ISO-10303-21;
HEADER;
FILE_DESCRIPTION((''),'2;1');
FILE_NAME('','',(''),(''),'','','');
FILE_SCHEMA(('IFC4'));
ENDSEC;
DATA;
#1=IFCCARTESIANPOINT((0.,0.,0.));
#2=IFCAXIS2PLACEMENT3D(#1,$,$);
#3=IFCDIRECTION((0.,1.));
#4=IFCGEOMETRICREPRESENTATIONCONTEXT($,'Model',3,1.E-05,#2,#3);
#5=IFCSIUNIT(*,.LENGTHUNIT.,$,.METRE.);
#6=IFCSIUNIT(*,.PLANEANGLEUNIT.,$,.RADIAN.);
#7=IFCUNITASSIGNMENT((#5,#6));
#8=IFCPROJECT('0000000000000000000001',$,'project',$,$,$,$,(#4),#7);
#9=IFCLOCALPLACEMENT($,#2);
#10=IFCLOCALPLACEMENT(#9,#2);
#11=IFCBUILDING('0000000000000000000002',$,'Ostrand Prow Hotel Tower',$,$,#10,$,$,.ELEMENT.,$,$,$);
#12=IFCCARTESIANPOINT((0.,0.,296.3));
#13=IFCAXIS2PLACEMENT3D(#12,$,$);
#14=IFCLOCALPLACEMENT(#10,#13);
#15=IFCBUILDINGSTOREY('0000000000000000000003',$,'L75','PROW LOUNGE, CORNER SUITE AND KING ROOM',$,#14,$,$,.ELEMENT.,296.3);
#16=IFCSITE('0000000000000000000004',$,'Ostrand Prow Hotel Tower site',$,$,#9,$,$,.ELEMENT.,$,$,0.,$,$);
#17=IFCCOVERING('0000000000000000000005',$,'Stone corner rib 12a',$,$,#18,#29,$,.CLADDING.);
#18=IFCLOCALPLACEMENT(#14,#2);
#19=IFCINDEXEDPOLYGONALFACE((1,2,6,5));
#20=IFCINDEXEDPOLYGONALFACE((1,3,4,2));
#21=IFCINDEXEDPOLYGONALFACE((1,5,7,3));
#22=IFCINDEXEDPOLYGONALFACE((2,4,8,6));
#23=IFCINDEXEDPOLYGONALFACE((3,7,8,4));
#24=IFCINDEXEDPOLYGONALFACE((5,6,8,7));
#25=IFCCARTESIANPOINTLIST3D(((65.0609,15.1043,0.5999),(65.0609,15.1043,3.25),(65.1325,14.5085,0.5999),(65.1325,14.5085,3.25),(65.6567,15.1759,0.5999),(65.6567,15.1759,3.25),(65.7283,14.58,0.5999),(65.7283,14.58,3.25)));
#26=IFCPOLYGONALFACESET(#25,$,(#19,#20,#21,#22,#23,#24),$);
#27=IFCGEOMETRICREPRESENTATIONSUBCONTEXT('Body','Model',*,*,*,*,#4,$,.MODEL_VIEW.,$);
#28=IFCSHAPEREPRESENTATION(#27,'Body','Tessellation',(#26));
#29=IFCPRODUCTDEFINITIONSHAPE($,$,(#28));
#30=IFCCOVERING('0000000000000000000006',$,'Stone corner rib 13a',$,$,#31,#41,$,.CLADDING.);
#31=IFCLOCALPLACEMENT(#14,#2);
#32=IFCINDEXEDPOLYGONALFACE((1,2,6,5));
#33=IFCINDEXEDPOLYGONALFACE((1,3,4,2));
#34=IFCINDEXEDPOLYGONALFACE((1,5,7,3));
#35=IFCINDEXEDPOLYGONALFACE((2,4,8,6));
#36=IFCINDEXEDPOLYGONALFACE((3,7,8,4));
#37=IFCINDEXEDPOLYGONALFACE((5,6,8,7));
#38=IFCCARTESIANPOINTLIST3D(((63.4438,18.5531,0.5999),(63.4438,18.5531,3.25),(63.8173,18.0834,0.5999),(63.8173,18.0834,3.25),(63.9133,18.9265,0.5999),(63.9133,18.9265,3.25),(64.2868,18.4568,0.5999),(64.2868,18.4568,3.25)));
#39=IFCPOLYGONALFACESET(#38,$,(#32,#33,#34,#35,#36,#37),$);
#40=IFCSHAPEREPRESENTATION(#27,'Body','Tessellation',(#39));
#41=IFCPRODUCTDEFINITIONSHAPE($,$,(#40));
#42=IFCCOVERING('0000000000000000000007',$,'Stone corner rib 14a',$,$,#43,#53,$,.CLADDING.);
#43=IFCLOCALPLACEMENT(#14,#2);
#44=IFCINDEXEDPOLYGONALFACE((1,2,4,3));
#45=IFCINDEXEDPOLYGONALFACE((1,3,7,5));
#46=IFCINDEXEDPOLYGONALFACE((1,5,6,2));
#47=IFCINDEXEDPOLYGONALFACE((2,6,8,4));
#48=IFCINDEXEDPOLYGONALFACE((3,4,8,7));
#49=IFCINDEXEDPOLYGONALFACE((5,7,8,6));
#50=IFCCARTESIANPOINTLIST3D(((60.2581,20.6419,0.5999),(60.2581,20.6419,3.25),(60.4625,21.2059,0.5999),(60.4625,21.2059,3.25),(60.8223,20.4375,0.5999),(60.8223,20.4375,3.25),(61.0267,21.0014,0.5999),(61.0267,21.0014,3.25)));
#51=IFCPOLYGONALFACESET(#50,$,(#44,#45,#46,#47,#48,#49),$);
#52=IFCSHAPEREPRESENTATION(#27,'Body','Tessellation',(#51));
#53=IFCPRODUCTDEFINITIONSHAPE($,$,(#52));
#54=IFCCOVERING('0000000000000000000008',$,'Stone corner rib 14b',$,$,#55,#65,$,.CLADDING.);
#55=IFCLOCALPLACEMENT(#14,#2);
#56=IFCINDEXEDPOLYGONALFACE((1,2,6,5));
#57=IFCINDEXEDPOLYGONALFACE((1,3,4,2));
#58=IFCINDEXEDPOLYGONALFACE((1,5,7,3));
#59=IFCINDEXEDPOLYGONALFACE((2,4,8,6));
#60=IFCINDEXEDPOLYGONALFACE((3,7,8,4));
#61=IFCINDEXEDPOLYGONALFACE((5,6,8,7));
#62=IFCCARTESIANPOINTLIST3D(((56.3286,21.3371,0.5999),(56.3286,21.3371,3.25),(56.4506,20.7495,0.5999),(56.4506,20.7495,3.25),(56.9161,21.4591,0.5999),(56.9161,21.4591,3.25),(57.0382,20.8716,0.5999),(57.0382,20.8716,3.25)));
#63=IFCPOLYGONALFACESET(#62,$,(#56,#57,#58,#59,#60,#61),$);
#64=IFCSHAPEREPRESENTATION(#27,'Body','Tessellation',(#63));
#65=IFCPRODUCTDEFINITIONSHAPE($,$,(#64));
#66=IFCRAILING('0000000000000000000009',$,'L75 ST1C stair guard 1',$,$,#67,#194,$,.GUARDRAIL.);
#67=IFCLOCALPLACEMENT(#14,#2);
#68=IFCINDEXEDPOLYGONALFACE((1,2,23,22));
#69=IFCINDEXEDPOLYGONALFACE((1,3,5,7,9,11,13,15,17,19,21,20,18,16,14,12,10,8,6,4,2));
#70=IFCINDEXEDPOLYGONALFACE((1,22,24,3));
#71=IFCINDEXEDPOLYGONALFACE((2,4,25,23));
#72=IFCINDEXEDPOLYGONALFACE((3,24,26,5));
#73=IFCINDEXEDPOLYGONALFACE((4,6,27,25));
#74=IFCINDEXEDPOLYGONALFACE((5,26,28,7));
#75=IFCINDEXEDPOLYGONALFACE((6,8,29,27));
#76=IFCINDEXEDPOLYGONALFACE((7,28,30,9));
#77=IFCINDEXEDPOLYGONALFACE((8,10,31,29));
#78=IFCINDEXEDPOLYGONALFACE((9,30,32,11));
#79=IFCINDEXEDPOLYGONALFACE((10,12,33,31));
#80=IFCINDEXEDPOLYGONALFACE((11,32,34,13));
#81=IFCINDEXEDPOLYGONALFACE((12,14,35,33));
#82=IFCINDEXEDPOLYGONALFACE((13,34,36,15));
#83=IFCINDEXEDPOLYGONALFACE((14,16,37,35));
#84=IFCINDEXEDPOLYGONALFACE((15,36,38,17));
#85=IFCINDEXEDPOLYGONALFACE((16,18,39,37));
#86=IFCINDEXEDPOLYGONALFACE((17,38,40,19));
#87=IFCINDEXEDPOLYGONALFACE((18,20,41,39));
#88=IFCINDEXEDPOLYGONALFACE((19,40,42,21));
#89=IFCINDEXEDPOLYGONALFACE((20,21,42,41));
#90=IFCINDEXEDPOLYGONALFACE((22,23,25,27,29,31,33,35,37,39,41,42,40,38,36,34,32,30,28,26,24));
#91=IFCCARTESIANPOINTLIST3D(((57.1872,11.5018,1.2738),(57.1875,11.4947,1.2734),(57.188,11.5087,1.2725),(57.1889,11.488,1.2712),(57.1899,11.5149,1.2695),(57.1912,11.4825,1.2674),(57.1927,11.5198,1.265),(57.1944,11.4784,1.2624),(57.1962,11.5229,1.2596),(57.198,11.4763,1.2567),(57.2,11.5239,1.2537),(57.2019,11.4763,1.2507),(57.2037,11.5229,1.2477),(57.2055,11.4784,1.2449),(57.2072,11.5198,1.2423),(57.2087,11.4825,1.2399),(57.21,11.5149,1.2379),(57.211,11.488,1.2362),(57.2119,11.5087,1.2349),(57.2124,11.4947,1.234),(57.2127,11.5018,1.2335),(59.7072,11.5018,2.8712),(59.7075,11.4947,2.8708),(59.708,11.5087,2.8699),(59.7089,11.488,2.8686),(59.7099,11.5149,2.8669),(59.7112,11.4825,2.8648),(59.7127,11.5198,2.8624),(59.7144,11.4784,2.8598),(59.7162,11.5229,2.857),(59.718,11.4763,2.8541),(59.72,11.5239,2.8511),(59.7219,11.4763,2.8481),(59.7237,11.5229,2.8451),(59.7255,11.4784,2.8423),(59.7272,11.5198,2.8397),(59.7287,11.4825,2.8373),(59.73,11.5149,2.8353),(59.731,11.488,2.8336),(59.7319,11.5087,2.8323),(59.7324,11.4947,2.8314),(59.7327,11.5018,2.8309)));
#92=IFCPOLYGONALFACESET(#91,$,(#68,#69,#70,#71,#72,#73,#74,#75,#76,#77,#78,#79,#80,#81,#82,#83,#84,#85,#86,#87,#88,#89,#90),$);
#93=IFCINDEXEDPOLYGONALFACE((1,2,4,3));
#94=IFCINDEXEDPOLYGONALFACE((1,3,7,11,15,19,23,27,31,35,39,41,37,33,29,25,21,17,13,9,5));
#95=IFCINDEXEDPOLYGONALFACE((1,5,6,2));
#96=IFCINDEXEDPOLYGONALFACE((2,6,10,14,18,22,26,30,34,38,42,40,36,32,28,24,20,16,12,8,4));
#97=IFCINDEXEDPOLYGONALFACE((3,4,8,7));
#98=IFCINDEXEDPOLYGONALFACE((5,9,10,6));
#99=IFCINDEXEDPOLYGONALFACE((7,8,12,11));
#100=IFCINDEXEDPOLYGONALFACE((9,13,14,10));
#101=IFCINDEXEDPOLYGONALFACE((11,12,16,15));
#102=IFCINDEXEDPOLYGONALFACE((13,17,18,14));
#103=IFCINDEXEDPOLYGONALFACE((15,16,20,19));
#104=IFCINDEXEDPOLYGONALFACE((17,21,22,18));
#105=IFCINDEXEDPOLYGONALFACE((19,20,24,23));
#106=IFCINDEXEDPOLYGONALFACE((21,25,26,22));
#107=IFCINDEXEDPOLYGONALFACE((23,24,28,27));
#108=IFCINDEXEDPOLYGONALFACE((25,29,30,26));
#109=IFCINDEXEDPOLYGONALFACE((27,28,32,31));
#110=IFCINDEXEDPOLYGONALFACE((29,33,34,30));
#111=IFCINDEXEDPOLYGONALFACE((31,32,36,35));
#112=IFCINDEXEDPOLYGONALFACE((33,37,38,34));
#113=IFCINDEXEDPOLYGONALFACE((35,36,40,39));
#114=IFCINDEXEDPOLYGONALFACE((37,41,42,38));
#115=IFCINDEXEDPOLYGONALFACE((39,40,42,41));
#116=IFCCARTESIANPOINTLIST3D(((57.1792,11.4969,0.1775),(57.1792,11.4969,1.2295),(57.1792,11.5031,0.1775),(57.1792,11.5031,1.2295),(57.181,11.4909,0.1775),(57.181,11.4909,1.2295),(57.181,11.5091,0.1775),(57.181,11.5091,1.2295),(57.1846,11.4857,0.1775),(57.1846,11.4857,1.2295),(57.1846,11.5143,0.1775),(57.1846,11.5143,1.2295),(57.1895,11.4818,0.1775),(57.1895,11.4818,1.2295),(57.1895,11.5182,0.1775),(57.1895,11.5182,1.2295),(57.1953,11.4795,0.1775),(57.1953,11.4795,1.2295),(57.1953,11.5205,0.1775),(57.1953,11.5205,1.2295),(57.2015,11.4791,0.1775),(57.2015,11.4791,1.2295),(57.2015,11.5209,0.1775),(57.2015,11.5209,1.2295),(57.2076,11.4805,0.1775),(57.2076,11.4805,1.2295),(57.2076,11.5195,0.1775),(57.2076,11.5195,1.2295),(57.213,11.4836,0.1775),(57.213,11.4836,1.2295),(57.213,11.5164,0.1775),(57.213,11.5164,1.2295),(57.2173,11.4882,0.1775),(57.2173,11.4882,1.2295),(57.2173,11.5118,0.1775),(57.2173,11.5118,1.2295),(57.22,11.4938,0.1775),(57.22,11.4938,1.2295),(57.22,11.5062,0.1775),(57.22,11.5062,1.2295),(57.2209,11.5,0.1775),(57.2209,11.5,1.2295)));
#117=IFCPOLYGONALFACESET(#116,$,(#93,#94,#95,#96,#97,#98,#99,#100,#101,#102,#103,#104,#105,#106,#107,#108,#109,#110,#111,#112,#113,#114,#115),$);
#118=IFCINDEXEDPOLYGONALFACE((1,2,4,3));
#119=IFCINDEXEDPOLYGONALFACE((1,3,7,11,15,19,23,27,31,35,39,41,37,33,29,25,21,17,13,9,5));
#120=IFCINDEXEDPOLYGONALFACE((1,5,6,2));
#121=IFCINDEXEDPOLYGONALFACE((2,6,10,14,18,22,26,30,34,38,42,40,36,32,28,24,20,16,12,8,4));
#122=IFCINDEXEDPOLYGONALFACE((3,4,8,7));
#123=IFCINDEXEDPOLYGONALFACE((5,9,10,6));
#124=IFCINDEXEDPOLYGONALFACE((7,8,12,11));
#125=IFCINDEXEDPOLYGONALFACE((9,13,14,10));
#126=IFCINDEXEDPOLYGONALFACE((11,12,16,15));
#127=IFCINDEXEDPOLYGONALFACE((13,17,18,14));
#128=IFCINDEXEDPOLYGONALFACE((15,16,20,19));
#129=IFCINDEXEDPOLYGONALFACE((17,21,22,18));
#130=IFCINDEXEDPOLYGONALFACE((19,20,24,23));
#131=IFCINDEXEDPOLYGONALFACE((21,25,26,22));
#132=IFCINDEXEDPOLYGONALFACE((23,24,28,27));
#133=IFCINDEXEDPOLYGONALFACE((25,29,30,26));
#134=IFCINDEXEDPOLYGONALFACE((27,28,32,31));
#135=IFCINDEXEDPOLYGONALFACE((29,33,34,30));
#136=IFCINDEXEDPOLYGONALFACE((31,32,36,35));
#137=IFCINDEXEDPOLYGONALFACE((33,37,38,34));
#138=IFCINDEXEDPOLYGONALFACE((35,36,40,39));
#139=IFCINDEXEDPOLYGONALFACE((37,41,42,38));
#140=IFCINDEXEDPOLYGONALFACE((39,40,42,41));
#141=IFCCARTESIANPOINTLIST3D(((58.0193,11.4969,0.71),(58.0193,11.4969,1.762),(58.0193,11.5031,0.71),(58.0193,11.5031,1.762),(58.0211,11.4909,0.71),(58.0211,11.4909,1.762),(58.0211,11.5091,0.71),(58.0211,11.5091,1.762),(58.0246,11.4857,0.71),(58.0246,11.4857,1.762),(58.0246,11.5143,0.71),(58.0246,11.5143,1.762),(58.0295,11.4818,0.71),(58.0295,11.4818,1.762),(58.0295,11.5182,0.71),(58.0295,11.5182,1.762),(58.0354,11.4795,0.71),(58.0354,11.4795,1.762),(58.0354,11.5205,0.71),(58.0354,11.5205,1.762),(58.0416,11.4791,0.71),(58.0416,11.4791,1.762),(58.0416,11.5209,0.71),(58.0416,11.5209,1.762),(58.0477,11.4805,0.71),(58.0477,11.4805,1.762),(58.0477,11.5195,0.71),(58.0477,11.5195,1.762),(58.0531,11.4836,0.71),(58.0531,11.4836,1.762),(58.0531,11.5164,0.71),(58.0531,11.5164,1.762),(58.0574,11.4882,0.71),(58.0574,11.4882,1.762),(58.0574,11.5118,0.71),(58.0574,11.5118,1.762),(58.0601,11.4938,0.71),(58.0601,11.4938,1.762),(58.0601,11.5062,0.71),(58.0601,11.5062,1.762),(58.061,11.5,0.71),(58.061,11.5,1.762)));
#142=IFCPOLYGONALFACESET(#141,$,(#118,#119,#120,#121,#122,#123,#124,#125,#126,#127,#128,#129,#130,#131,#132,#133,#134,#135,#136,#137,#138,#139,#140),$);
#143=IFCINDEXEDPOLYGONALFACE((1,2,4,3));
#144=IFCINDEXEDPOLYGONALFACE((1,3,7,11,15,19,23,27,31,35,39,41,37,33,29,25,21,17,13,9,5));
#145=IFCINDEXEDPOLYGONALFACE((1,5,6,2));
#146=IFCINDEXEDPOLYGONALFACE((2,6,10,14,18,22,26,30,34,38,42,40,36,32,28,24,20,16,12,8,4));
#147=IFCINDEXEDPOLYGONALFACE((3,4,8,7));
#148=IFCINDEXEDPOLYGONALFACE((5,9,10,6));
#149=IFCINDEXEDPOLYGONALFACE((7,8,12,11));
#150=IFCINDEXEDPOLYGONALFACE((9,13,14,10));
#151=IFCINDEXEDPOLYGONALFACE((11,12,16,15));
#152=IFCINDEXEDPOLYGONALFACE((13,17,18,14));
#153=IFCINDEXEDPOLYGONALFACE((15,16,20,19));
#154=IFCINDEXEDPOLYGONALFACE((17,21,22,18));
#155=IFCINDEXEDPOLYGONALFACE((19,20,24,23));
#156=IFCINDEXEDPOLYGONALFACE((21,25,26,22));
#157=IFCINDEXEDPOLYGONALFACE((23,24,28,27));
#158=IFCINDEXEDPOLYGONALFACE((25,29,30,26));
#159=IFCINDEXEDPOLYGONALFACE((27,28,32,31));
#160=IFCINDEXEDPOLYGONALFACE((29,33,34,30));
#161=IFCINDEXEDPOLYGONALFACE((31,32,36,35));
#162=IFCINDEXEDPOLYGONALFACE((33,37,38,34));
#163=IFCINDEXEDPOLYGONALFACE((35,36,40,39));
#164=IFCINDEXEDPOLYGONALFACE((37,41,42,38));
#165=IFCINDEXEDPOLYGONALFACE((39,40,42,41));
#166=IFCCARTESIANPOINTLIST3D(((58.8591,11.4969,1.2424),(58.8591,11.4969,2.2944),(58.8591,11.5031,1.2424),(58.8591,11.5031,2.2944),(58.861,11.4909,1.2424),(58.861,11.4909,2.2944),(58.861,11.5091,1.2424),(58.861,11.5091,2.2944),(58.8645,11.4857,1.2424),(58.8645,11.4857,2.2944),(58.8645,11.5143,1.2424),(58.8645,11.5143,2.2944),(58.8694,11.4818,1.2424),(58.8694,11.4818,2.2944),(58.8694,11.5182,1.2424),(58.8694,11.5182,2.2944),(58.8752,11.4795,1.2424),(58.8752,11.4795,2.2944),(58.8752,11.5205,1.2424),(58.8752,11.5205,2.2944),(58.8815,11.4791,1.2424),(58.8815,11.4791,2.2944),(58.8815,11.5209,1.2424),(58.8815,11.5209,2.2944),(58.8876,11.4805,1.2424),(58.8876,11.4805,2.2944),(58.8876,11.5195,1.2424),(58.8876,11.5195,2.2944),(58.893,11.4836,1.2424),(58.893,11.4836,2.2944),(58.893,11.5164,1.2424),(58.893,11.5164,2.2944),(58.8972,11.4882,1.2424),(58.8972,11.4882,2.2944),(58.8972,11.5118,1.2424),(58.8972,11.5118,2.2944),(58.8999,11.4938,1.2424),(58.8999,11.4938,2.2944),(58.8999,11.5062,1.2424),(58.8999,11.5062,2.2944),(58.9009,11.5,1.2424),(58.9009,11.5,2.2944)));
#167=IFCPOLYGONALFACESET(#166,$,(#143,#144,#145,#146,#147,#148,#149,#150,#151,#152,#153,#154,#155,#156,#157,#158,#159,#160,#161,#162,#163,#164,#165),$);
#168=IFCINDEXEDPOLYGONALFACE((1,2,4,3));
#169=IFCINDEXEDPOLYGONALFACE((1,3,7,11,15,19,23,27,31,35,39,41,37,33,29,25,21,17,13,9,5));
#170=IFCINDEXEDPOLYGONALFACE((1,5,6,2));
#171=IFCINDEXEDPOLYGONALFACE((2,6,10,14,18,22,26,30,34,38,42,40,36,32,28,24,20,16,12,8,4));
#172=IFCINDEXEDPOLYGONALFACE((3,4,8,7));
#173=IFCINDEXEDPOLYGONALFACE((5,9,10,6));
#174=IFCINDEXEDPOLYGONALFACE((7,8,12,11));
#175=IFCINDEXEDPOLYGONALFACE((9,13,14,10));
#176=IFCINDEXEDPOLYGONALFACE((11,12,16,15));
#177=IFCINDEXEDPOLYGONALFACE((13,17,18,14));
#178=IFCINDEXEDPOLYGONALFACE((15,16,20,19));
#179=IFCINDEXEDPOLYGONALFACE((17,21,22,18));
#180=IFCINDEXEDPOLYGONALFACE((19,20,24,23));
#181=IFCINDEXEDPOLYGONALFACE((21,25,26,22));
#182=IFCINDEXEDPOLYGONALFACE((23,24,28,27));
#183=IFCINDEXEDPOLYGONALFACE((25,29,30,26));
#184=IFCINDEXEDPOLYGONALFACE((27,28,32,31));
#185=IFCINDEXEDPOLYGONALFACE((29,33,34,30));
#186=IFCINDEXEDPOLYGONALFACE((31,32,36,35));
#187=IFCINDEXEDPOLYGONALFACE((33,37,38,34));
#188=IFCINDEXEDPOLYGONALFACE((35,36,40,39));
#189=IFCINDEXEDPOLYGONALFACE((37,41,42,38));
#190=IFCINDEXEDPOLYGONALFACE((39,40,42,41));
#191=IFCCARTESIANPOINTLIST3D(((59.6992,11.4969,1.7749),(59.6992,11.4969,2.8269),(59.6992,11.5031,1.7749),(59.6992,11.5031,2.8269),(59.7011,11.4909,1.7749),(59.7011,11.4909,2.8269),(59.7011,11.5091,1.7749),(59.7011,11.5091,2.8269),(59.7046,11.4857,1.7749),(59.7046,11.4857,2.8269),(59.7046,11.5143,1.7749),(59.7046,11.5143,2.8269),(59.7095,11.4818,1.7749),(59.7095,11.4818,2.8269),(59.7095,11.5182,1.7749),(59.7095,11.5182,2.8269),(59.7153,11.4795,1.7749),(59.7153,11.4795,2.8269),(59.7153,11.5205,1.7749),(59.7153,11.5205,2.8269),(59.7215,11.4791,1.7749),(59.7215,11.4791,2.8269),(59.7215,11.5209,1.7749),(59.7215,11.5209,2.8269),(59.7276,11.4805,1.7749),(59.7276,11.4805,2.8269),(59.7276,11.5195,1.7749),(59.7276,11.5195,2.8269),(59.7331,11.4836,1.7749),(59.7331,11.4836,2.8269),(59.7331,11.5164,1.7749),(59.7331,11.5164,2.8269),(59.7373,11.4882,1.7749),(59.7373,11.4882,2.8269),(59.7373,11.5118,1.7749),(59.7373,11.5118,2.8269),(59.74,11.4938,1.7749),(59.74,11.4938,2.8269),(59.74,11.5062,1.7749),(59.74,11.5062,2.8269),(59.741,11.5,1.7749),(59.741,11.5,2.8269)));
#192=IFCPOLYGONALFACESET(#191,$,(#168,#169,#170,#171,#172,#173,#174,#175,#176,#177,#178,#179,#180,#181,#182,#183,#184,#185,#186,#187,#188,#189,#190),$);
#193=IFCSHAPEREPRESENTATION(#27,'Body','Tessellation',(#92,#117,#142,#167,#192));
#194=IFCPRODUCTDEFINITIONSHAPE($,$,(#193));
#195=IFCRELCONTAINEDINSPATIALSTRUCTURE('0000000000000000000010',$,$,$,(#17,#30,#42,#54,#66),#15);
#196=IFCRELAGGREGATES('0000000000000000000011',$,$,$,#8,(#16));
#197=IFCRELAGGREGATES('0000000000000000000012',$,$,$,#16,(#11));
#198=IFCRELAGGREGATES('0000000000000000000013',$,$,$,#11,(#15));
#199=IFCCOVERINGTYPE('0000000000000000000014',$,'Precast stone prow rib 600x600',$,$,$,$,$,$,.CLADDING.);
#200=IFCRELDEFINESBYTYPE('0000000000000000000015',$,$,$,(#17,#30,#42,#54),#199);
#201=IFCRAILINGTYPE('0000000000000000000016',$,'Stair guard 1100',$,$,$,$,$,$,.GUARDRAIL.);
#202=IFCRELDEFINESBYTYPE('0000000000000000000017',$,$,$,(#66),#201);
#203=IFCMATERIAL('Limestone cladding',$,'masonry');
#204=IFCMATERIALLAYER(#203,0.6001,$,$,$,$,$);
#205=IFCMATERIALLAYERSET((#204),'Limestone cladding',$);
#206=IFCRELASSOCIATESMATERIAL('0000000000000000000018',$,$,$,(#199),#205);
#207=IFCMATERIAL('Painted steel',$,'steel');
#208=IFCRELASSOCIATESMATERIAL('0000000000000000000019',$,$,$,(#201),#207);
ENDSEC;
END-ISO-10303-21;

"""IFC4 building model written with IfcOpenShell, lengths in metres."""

from ifc_helpers import new_model, si_unit, direction, frame, frame_2d, origin, origin_2d, place, context, subcontext, project, spatial, rectangle, circle, extrude, material, layer, layer_set, type_object, element, save


model = new_model("IFC4")

# Units and contexts
model_context = context("Model", 3, precision=1e-05, world=origin(), true_north=direction((0.0, 1.0)))
body_context = subcontext(model_context, "Body", "Model", "MODEL_VIEW")
ifc_project = project(units=[si_unit("LENGTHUNIT", "METRE"), si_unit("PLANEANGLEUNIT", "RADIAN")], contexts=[model_context])

# Site, building, storey
site_placement = place(None, origin())
site = spatial("IfcSite", under=ifc_project, at=site_placement, Name="Ostrand Prow Hotel Tower site", CompositionType="ELEMENT", RefElevation=0.0)
building_placement = place(site_placement, origin())
building = spatial("IfcBuilding", under=site, at=building_placement, Name="Ostrand Prow Hotel Tower", CompositionType="ELEMENT")
storey_placement = place(building_placement, frame((0.0, 0.0, 296.3)))
storey = spatial("IfcBuildingStorey", under=building, at=storey_placement, Name="L75", Description="PROW LOUNGE, CORNER SUITE AND KING ROOM", CompositionType="ELEMENT", Elevation=296.3)

# Coverings
ifc_material_1 = material(Name="Limestone cladding", Category="masonry")
ifc_layer_1 = layer(ifc_material_1, 0.6001)
ifc_layer_set_1 = layer_set([ifc_layer_1], Name="Limestone cladding")
covering_type = type_object("IfcCoveringType", Name="Precast stone prow rib 600x600", PredefinedType="CLADDING", material=ifc_layer_set_1)
covering_1_placement = place(storey_placement, frame((65.0967, 14.8064, 0.5999), z_axis=(0.0, 0.0, 1.0), x_axis=(0.992867, 0.119225, 0.0)))
element("IfcCovering", 1, at=covering_1_placement, inside=storey, type_object=covering_type, Name="Stone corner rib 12a", PredefinedType="CLADDING", context=body_context, shape_type="SweptSolid", body=[
    extrude(rectangle(XDim=0.6001, YDim=0.6001, at=frame_2d((0.3, 0.0))), origin(), (0.0, 0.0, 1.0), 2.6501),
])
for number, where, z_axis, x_axis, name in (
    (2, (63.6306, 18.3184, 0.5999), (0.0, 0.0, 1.0), (0.782732, 0.622359, 0.0), "Stone corner rib 13a"),
    (3, (60.5403, 20.5398, 0.5999), (0.0, 0.0, 1.0), (0.340664, 0.940185, 0.0), "Stone corner rib 14a"),
):
    element("IfcCovering", number, at=place(storey_placement, frame(where, z_axis=z_axis, x_axis=x_axis)), inside=storey, type_object=covering_type, Name=name, PredefinedType="CLADDING", context=body_context, shape_type="SweptSolid", body=[
        extrude(rectangle(XDim=0.5999, YDim=0.6001, at=frame_2d((0.2998, 0.0))), origin(), (0.0, 0.0, 1.0), 2.6501),
    ])
covering_2_placement = place(storey_placement, frame((56.7444, 20.8105, 0.5999), z_axis=(0.0, 0.0, 1.0), x_axis=(-0.203386, 0.979099, 0.0)))
element("IfcCovering", 4, at=covering_2_placement, inside=storey, type_object=covering_type, Name="Stone corner rib 14b", PredefinedType="CLADDING", context=body_context, shape_type="SweptSolid", body=[
    extrude(rectangle(XDim=0.6001, YDim=0.6001, at=frame_2d((0.3, 0.0))), origin(), (0.0, 0.0, 1.0), 2.6501),
])

# Railing
ifc_material_2 = material(Name="Painted steel", Category="steel")
railing_type_1 = type_object("IfcRailingType", Name="Stair guard 1100", PredefinedType="GUARDRAIL", material=ifc_material_2)
railing_1_placement = place(storey_placement, frame((57.2, 11.5, 0.1775)))
element("IfcRailing", 5, at=railing_1_placement, inside=storey, type_object=railing_type_1, Name="L75 ST1C stair guard 1", PredefinedType="GUARDRAIL", context=body_context, shape_type="SweptSolid", body=[
    extrude(circle(Radius=0.0239, at=origin_2d()), frame((0.0, 0.0, 1.0762), z_axis=(0.844607, 0.0, 0.535387), x_axis=(0.0, 1.0, 0.0)), (0.0, 0.0, 1.0), 2.9836),
    extrude(circle(Radius=0.021, at=origin_2d()), origin(), (0.0, 0.0, 1.0), 1.052),
    extrude(circle(Radius=0.021, at=origin_2d()), frame((0.8401, 0.0, 0.5325)), (0.0, 0.0, 1.0), 1.052),
    extrude(circle(Radius=0.021, at=origin_2d()), frame((1.6799, 0.0, 1.0649)), (0.0, 0.0, 1.0), 1.052),
    extrude(circle(Radius=0.021, at=origin_2d()), frame((2.52, 0.0, 1.5974)), (0.0, 0.0, 1.0), 1.052),
])

save(model, "model.ifc")
